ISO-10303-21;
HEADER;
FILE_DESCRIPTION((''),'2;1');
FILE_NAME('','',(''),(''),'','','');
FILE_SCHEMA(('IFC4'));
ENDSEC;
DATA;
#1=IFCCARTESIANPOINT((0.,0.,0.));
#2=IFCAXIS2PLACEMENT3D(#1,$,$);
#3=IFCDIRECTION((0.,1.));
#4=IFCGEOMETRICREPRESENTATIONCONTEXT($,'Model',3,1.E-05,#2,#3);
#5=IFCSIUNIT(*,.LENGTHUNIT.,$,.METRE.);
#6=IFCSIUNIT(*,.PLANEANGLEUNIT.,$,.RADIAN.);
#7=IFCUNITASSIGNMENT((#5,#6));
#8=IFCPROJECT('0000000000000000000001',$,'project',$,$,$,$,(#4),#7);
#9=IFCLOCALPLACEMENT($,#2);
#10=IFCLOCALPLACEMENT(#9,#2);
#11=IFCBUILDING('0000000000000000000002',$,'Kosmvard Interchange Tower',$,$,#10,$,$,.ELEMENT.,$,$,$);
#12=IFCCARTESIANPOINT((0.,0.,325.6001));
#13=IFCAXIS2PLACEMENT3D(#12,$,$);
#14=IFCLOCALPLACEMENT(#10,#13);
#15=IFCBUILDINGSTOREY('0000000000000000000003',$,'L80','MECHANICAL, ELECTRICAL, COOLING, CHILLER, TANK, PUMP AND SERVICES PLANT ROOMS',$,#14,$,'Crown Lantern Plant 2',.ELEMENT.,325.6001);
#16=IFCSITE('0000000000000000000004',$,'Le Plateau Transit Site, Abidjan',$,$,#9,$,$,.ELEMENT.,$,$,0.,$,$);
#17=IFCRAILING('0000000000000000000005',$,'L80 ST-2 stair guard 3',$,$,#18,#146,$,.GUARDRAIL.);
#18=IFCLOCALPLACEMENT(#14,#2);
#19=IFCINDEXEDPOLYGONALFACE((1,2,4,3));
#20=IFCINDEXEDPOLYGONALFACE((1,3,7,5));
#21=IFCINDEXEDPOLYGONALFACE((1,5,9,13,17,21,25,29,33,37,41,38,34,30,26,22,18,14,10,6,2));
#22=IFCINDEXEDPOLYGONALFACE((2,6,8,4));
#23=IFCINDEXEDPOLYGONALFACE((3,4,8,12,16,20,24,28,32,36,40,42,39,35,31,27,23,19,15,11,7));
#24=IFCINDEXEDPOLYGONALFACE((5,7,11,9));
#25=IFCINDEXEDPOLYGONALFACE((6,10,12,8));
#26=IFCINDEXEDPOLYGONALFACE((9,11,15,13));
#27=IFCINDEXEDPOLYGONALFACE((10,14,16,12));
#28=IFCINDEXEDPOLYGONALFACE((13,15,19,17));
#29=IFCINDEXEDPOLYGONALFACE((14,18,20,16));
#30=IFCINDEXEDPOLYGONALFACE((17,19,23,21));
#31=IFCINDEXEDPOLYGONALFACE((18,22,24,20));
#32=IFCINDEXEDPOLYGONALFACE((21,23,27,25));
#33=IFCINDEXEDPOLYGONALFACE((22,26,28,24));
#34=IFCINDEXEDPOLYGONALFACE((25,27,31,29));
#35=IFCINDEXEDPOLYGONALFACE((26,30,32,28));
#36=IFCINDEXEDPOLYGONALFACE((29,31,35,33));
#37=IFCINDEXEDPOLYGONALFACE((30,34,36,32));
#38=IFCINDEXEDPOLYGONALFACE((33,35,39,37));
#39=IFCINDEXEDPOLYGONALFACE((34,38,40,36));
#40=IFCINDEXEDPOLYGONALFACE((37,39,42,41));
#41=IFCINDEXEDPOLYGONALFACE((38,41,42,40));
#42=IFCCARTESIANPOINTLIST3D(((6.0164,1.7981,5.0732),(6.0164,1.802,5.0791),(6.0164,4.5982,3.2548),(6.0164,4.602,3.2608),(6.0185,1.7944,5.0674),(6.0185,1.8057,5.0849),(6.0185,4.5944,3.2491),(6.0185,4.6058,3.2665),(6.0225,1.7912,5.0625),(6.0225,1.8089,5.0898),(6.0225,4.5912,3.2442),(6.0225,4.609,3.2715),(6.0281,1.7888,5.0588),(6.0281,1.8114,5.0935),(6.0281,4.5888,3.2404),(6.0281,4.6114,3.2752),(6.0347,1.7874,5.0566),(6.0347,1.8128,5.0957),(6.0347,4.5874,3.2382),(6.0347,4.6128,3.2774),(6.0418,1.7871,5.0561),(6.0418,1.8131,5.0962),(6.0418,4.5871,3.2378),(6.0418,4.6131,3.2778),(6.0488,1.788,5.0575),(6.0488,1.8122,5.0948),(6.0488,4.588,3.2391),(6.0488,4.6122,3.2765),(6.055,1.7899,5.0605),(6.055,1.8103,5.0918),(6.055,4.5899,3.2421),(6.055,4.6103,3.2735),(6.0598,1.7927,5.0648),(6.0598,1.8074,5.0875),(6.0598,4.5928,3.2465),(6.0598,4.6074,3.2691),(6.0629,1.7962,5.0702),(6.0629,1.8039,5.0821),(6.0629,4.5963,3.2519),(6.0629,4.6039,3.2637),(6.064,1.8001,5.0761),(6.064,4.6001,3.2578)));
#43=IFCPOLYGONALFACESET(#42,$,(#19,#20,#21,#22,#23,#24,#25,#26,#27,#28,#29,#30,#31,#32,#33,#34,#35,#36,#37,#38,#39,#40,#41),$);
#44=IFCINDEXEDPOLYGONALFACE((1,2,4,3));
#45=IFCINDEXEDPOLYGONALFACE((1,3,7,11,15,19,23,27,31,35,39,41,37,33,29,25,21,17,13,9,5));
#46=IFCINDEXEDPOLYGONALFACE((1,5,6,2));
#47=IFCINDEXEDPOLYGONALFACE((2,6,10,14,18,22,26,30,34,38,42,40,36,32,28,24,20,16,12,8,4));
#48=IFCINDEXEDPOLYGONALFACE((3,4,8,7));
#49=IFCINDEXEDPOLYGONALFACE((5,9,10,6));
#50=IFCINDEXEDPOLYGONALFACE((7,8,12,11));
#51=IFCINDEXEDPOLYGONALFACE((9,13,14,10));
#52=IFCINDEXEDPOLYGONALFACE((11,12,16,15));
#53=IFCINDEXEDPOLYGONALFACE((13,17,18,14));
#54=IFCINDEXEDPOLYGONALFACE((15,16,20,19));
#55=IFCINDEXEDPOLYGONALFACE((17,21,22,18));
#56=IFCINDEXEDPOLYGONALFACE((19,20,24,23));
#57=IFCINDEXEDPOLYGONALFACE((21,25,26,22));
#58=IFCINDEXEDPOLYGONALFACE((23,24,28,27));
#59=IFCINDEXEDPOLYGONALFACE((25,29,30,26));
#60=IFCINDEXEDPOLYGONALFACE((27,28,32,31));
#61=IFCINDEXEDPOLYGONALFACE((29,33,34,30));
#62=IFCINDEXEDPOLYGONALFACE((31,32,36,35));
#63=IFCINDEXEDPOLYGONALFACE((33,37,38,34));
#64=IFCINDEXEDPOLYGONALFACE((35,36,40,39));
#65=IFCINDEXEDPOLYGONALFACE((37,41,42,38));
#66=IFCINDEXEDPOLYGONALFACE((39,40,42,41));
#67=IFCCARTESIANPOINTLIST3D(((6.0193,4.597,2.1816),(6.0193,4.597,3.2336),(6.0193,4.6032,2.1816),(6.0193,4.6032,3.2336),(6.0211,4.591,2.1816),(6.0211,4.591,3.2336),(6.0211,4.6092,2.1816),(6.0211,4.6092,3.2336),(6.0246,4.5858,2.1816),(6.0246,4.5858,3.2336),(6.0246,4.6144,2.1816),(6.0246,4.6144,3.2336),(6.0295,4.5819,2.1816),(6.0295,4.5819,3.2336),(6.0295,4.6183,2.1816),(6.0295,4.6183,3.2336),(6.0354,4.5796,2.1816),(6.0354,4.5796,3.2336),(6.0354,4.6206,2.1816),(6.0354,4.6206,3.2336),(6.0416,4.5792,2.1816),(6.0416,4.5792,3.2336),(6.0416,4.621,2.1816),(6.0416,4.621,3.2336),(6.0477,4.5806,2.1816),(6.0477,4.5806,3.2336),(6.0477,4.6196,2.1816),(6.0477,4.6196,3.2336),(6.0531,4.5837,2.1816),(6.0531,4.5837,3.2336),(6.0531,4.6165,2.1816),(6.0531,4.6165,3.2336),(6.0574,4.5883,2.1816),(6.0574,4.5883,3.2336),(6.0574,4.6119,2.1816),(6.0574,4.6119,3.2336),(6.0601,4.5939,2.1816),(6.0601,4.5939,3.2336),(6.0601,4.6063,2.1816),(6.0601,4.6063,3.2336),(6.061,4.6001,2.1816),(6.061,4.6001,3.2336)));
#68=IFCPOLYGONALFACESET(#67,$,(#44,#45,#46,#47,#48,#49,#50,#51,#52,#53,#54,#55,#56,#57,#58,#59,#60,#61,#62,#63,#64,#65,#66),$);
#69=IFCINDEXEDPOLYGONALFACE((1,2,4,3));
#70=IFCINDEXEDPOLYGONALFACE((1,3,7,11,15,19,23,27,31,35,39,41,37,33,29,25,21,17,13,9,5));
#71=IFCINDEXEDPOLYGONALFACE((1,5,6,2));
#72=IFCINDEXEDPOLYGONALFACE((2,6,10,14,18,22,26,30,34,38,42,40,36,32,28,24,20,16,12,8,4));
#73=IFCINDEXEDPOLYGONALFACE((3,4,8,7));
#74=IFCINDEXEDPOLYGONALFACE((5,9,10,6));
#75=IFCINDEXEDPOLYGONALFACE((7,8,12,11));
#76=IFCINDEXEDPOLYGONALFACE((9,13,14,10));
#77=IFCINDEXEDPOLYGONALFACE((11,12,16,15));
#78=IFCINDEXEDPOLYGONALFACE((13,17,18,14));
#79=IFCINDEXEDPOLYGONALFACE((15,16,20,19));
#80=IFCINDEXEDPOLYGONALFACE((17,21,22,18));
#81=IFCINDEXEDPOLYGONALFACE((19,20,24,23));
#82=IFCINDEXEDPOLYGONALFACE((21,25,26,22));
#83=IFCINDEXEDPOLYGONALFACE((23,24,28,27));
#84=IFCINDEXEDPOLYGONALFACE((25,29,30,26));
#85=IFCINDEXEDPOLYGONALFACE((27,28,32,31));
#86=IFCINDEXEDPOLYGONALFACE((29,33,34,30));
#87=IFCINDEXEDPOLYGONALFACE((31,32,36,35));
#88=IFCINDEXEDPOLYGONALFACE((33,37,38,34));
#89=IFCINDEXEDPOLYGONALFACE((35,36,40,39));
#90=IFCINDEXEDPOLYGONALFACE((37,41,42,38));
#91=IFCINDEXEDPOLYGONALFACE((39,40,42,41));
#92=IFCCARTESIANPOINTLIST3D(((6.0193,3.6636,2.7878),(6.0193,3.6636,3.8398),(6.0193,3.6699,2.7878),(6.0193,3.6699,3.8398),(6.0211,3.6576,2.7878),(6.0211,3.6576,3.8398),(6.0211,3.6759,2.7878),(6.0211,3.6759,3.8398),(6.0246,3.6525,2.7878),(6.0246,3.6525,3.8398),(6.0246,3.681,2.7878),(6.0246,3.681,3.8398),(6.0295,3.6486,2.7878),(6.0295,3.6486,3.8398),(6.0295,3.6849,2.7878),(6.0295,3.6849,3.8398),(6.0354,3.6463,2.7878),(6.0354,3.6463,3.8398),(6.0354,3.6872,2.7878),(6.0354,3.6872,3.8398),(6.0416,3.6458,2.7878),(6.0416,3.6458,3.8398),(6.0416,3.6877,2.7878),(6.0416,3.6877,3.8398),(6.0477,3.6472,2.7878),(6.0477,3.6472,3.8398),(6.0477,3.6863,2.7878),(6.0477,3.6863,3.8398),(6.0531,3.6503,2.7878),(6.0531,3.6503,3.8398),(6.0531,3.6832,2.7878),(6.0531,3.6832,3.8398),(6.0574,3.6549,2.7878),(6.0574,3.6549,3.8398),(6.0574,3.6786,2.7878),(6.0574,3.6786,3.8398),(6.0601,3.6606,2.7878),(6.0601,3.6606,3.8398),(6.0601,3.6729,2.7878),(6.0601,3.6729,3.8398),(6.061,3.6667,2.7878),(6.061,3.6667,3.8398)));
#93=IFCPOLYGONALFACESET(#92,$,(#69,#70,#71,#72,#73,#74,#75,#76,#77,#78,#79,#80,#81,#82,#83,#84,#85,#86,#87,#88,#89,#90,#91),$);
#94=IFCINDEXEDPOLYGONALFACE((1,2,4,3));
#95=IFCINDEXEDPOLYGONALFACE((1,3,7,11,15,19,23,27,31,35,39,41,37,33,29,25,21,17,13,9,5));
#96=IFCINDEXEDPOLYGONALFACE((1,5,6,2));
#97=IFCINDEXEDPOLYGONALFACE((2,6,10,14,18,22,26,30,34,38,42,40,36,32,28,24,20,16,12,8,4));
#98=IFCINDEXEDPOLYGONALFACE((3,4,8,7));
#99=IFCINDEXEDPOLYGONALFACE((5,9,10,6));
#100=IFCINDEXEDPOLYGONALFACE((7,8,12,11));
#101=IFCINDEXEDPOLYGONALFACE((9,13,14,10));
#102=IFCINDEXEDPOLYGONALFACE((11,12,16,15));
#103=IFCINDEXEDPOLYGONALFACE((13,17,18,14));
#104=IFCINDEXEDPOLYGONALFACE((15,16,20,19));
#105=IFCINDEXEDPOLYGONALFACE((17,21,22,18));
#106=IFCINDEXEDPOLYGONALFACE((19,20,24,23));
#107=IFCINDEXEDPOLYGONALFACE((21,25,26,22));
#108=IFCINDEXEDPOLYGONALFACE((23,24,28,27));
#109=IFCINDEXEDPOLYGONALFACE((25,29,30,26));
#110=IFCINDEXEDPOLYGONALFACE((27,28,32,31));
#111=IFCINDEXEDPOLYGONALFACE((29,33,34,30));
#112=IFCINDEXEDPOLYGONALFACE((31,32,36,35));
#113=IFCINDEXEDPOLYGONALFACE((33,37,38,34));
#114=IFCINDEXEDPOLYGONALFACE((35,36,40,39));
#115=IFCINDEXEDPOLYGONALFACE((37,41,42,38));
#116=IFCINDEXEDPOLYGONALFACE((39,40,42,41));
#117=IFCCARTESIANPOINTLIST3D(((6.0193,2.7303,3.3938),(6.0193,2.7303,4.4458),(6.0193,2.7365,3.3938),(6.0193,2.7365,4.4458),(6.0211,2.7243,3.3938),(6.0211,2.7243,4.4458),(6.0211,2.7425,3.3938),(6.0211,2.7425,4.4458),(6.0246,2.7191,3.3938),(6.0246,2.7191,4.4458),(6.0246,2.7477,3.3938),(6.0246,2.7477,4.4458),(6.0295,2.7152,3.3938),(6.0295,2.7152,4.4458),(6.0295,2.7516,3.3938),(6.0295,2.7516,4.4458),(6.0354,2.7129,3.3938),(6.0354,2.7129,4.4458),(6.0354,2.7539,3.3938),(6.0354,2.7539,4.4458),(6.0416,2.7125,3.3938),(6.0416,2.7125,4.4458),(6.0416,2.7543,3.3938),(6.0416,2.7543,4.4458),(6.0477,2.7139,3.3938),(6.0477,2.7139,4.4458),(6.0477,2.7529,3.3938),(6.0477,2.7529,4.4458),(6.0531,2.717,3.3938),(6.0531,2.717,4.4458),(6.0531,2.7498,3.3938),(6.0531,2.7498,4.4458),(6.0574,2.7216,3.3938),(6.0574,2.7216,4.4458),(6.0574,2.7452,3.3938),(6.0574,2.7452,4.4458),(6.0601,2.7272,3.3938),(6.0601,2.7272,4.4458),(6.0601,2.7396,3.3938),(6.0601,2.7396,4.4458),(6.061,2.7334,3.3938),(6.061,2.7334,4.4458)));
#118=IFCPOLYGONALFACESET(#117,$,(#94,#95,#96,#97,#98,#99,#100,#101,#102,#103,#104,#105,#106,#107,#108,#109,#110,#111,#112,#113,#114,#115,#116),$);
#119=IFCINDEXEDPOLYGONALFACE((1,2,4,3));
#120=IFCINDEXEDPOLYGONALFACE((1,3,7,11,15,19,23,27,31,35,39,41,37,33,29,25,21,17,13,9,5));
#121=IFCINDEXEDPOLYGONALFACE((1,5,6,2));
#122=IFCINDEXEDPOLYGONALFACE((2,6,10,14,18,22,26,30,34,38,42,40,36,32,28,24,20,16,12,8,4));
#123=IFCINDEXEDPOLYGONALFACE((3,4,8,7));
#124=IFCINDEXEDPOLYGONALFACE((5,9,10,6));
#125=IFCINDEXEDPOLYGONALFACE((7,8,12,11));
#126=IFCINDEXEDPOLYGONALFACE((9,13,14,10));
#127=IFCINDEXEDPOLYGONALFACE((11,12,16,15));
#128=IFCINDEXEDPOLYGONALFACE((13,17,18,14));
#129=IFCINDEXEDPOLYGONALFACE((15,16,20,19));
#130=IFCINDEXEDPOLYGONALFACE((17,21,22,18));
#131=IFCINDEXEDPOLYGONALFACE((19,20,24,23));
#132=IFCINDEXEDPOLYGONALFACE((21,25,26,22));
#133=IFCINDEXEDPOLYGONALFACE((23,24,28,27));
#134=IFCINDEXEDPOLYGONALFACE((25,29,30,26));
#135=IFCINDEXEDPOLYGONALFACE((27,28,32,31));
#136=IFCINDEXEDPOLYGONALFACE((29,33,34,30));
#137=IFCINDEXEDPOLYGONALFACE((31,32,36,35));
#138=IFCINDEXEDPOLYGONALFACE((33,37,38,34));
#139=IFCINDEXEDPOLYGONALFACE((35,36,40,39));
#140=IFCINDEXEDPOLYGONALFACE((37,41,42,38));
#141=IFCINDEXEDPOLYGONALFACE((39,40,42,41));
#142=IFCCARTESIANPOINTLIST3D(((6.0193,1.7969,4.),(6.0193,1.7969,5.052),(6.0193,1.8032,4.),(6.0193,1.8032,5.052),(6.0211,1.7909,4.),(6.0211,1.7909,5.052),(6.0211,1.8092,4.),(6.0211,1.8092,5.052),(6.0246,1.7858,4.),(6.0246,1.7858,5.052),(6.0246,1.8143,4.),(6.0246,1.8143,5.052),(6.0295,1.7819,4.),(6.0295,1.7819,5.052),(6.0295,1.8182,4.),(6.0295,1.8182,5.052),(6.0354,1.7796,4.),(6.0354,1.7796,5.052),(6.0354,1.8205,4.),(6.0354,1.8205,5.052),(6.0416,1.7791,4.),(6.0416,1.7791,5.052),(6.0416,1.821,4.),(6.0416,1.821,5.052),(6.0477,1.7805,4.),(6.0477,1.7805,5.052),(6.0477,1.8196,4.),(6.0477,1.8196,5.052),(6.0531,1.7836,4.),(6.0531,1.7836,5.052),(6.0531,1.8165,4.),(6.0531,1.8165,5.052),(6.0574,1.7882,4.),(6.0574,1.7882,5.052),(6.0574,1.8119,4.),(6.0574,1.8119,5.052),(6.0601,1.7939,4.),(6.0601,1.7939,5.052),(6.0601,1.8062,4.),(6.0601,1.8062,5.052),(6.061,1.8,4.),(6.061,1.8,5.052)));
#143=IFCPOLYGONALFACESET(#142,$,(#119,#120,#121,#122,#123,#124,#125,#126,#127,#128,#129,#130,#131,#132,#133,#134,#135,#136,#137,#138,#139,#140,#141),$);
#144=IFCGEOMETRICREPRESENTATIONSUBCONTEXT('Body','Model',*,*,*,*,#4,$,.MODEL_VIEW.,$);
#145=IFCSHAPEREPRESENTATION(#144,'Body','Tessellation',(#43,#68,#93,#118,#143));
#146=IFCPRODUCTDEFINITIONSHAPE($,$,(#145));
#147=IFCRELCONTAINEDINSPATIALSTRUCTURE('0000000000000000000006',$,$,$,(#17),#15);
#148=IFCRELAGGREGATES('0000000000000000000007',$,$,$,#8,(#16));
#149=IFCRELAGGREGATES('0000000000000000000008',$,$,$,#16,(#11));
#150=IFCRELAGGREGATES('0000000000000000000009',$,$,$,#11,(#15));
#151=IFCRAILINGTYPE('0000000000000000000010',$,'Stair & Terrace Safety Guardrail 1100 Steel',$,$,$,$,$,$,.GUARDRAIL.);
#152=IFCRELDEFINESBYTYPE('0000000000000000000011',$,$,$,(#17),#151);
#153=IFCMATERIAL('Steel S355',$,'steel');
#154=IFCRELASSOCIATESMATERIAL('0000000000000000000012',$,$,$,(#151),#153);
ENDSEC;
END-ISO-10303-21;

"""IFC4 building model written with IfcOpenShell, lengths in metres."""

from ifc_helpers import new_model, si_unit, direction, frame, origin, origin_2d, place, context, subcontext, project, spatial, circle, extrude, source, transform, mapped, material, type_object, element, save


model = new_model("IFC4")

# Units and contexts
model_context = context("Model", 3, precision=1e-05, world=origin(), true_north=direction((0.0, 1.0)))
body_context = subcontext(model_context, "Body", "Model", "MODEL_VIEW")
ifc_project = project(units=[si_unit("LENGTHUNIT", "METRE"), si_unit("PLANEANGLEUNIT", "RADIAN")], contexts=[model_context])

# Site, building, storey
site_placement = place(None, origin())
site = spatial("IfcSite", under=ifc_project, at=site_placement, Name="Le Plateau Transit Site, Abidjan", CompositionType="ELEMENT", RefElevation=0.0)
building_placement = place(site_placement, origin())
building = spatial("IfcBuilding", under=site, at=building_placement, Name="Kosmvard Interchange Tower", CompositionType="ELEMENT")
storey_placement = place(building_placement, frame((0.0, 0.0, 325.6001)))
storey = spatial("IfcBuildingStorey", under=building, at=storey_placement, Name="L80", Description="MECHANICAL, ELECTRICAL, COOLING, CHILLER, TANK, PUMP AND SERVICES PLANT ROOMS", LongName="Crown Lantern Plant 2", CompositionType="ELEMENT", Elevation=325.6001)

# Shared definitions
ifc_material_1 = material(Name="Steel S355", Category="steel")

# Railing
railing_type_1 = type_object("IfcRailingType", Name="Stair & Terrace Safety Guardrail 1100 Steel", PredefinedType="GUARDRAIL", material=ifc_material_1)
shared_shape_1 = source(origin(), body_context, "Body", "SweptSolid", [
    extrude(circle(Radius=0.0239, at=origin_2d()), frame((0.0, 0.0, 1.0762), z_axis=(0.0, -0.838672, 0.544636), x_axis=(1.0, 0.0, 0.0)), (0.0, 0.0, 1.0), 3.3386),
    extrude(circle(Radius=0.021, at=origin_2d()), origin(), (0.0, 0.0, 1.0), 1.052),
    extrude(circle(Radius=0.021, at=origin_2d()), frame((0.0, -0.9333, 0.6062)), (0.0, 0.0, 1.0), 1.052),
    extrude(circle(Radius=0.021, at=origin_2d()), frame((0.0, -1.8667, 1.2122)), (0.0, 0.0, 1.0), 1.052),
    extrude(circle(Radius=0.021, at=origin_2d()), frame((0.0, -2.8, 1.8184)), (0.0, 0.0, 1.0), 1.052),
])
railing_1_placement = place(storey_placement, frame((6.04, 4.6001, 2.1816)))
element("IfcRailing", 1, at=railing_1_placement, inside=storey, type_object=railing_type_1, Name="L80 ST-2 stair guard 3", PredefinedType="GUARDRAIL", context=body_context, shape_type="MappedRepresentation", body=[
    mapped(shared_shape_1, transform((0.0, 0.0, 0.0), scale=1.0)),
])

save(model, "model.ifc")
